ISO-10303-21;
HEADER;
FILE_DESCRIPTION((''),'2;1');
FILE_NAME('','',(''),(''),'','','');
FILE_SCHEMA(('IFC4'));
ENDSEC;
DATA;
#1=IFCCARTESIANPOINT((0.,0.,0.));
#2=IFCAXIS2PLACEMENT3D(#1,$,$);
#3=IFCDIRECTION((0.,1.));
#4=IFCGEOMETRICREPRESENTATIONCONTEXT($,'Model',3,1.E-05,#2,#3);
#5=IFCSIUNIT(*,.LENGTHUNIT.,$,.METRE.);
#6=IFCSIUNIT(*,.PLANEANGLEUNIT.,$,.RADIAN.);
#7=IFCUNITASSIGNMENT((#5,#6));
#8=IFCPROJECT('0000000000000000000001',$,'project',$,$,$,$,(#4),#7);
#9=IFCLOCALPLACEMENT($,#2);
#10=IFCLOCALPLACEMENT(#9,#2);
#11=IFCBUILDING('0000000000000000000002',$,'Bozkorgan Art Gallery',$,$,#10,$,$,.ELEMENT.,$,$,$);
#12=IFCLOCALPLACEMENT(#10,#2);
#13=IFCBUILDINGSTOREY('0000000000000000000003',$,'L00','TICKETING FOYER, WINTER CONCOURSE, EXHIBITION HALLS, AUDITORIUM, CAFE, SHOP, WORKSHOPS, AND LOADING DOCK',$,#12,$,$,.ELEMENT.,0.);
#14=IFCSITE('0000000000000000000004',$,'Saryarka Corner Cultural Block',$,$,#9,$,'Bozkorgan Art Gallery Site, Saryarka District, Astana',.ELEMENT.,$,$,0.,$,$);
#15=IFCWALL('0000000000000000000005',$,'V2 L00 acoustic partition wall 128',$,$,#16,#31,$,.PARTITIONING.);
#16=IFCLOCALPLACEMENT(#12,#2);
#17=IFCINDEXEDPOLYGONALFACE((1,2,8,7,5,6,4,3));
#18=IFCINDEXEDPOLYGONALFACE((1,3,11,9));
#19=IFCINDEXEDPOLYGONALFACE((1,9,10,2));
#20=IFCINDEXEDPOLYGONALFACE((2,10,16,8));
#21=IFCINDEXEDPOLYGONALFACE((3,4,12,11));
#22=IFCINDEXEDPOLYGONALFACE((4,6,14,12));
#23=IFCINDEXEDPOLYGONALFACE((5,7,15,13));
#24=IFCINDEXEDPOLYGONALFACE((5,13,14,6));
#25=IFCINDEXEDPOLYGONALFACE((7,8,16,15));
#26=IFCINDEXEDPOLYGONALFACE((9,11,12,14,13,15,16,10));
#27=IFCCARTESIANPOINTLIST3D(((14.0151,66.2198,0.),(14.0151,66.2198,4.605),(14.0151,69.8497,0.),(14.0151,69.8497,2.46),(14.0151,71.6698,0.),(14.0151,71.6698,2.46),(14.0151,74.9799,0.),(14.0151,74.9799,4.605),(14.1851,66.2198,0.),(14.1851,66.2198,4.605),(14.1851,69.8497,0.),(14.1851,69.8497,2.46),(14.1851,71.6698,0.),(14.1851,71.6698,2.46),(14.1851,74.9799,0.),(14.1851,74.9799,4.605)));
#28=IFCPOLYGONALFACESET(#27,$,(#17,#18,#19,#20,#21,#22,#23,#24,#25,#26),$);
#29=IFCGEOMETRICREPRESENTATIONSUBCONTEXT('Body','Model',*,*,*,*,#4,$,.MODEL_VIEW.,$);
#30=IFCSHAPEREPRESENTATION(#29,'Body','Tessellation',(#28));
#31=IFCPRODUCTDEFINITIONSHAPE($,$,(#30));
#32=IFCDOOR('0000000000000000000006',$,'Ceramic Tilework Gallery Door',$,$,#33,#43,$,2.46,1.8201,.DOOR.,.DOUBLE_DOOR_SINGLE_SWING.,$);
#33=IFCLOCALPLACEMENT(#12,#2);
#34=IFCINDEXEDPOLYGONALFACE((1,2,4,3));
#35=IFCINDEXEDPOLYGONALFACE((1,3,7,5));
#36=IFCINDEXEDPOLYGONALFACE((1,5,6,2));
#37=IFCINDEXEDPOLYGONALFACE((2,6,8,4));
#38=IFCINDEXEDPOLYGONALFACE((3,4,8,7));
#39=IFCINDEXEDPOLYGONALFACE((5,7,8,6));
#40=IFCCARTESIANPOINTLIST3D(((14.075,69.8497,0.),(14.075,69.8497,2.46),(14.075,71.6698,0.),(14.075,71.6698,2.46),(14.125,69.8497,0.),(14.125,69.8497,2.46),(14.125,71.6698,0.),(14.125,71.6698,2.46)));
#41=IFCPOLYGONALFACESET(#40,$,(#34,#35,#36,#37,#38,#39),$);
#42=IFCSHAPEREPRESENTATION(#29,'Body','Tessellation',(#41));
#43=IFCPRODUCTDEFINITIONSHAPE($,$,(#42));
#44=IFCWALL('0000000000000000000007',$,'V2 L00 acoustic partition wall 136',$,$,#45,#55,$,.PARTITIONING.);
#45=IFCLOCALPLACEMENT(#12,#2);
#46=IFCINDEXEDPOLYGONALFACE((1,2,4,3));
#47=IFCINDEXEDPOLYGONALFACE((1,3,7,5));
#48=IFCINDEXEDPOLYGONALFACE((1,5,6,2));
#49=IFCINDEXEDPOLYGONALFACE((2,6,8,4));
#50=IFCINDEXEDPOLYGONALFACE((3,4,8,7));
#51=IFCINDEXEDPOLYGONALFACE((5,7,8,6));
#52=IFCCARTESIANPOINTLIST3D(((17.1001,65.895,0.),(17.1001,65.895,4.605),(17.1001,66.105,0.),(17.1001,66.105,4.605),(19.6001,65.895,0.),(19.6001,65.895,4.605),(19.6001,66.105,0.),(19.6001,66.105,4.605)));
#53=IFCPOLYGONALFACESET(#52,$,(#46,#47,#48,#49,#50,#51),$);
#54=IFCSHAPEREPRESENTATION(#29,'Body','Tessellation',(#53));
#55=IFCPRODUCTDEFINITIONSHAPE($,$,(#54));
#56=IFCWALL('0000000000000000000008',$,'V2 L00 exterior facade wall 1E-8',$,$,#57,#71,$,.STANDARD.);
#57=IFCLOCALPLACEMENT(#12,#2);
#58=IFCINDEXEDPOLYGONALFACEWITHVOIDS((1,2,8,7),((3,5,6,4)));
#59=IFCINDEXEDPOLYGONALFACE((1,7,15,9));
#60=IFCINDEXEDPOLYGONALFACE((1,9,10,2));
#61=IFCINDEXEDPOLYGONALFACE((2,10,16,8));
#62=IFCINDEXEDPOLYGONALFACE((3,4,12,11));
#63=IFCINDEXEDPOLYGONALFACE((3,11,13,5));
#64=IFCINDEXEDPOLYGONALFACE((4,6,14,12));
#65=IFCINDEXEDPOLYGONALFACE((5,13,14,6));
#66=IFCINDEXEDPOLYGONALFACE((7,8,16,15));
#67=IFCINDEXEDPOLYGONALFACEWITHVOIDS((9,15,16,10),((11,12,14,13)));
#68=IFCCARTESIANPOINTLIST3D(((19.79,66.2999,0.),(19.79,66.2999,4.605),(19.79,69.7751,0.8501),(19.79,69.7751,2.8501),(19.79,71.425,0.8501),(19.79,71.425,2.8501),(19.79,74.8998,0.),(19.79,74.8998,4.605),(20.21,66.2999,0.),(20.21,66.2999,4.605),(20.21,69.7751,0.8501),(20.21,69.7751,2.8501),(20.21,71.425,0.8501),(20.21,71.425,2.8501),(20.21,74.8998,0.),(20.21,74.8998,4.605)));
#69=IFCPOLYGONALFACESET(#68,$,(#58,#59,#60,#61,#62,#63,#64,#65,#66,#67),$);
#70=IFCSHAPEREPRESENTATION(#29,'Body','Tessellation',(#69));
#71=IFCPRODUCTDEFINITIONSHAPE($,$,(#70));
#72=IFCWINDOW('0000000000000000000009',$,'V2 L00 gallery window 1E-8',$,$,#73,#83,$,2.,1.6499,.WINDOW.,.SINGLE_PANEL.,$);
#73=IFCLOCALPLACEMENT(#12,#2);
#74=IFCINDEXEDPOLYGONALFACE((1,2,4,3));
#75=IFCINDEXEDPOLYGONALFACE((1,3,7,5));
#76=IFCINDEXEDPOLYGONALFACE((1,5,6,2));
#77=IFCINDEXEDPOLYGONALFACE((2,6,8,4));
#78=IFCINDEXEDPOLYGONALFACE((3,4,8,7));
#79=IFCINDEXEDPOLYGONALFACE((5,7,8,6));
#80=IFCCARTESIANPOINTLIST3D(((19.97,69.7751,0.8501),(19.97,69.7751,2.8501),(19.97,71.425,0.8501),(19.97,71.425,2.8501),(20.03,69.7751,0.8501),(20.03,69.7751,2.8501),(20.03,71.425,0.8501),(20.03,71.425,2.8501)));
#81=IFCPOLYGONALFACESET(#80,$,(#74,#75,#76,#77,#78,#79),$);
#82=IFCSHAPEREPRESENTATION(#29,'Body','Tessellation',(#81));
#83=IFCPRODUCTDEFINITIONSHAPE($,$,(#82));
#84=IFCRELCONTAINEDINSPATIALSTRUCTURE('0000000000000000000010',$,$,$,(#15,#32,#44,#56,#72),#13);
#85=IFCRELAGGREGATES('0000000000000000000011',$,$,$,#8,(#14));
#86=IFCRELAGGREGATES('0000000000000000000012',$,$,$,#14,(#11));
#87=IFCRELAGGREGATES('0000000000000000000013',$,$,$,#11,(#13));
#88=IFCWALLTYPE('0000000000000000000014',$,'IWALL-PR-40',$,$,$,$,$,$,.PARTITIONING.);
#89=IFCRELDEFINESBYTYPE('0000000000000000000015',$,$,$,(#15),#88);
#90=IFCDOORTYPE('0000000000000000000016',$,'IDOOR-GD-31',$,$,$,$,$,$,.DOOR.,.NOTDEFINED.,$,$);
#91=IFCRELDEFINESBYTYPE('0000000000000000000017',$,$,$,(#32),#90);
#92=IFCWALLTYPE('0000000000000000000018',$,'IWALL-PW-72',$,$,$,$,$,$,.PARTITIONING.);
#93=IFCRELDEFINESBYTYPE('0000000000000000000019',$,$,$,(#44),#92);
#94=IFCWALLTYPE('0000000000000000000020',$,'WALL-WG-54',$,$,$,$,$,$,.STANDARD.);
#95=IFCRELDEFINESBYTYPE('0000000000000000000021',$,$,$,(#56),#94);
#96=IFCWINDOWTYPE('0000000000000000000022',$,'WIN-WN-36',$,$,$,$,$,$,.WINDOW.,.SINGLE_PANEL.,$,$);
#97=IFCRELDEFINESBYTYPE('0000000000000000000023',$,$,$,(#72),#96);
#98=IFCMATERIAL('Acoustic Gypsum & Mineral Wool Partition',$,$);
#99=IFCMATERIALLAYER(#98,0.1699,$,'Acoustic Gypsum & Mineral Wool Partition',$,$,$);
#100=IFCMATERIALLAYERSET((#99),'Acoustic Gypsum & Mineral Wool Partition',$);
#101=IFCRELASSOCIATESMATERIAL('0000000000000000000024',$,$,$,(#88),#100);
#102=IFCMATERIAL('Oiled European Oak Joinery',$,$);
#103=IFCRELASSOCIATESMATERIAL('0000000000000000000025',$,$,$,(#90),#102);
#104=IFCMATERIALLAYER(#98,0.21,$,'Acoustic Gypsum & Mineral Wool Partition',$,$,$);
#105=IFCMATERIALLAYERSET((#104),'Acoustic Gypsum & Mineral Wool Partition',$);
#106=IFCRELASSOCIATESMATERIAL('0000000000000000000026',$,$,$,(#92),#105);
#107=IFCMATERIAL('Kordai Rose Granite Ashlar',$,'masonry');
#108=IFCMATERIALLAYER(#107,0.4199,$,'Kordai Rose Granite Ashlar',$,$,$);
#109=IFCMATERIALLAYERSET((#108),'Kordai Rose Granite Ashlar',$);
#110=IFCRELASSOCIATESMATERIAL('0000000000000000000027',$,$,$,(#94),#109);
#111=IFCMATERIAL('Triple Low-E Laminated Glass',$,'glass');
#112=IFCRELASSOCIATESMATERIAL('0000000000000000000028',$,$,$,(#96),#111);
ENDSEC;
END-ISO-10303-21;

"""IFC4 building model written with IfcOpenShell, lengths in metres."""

from ifc_helpers import new_model, si_unit, direction, frame, frame_2d, origin, place, context, subcontext, project, spatial, rectangle, extrude, material, layer, layer_set, type_object, element, fill, save


model = new_model("IFC4")

# Units and contexts
model_context = context("Model", 3, precision=1e-05, world=origin(), true_north=direction((0.0, 1.0)))
body_context = subcontext(model_context, "Body", "Model", "MODEL_VIEW")
ifc_project = project(units=[si_unit("LENGTHUNIT", "METRE"), si_unit("PLANEANGLEUNIT", "RADIAN")], contexts=[model_context])

# Site, building, storey
site_placement = place(None, origin())
site = spatial("IfcSite", under=ifc_project, at=site_placement, Name="Saryarka Corner Cultural Block", LongName="Bozkorgan Art Gallery Site, Saryarka District, Astana", CompositionType="ELEMENT", RefElevation=0.0)
building_placement = place(site_placement, origin())
building = spatial("IfcBuilding", under=site, at=building_placement, Name="Bozkorgan Art Gallery", CompositionType="ELEMENT")
storey_placement = place(building_placement, origin())
storey = spatial("IfcBuildingStorey", under=building, at=storey_placement, Name="L00", Description="TICKETING FOYER, WINTER CONCOURSE, EXHIBITION HALLS, AUDITORIUM, CAFE, SHOP, WORKSHOPS, AND LOADING DOCK", CompositionType="ELEMENT", Elevation=0.0)

# Wall, opening, door
ifc_material_1 = material(Name="Acoustic Gypsum & Mineral Wool Partition")
ifc_material_2 = material(Name="Oiled European Oak Joinery")
ifc_layer_1 = layer(ifc_material_1, 0.1699, Name="Acoustic Gypsum & Mineral Wool Partition")
ifc_layer_set_1 = layer_set([ifc_layer_1], Name="Acoustic Gypsum & Mineral Wool Partition")
wall_type_1 = type_object("IfcWallType", Name="IWALL-PR-40", PredefinedType="PARTITIONING", material=ifc_layer_set_1)
wall_1_placement = place(storey_placement, frame((14.1001, 66.22, 0.0), z_axis=(0.0, 0.0, 1.0), x_axis=(0.0, 1.0, 0.0)))
wall_1 = element("IfcWall", 1, at=wall_1_placement, inside=storey, type_object=wall_type_1, Name="V2 L00 acoustic partition wall 128", PredefinedType="PARTITIONING", context=body_context, shape_type="SweptSolid", body=[
    extrude(rectangle(XDim=8.76, YDim=0.1699, at=frame_2d((4.3799, 0.0))), origin(), (0.0, 0.0, 1.0), 4.605),
])
opening_1_placement = place(wall_1_placement, frame((5.45, 0.0, 0.0), z_axis=(0.0, 0.0, 1.0), x_axis=(-1.0, 0.0, 0.0)))
opening_1 = element("IfcOpeningElement", 2, at=opening_1_placement, cuts=wall_1, PredefinedType="OPENING", context=body_context, shape_type="SweptSolid", body=[
    extrude(rectangle(XDim=1.8201, YDim=2.46, at=frame_2d((0.9102, 1.23))), frame((0.0, 0.095, 0.0), z_axis=(0.0, -1.0, 0.0), x_axis=(1.0, 0.0, 0.0)), (0.0, 0.0, 1.0), 0.1899),
])
door_type_1 = type_object("IfcDoorType", Name="IDOOR-GD-31", OperationType="NOTDEFINED", PredefinedType="DOOR", material=ifc_material_2)
door_1_placement = place(opening_1_placement, origin())
door_1 = element("IfcDoor", 3, at=door_1_placement, inside=storey, type_object=door_type_1, Name="Ceramic Tilework Gallery Door", OperationType="DOUBLE_DOOR_SINGLE_SWING", OverallHeight=2.46, OverallWidth=1.8201, PredefinedType="DOOR", context=body_context, shape_type="SweptSolid", body=[
    extrude(rectangle(XDim=1.8201, YDim=2.46, at=frame_2d((0.9102, 1.23))), frame((0.0, 0.0249, 0.0), z_axis=(0.0, -1.0, 0.0), x_axis=(1.0, 0.0, 0.0)), (0.0, 0.0, 1.0), 0.05),
])
fill(opening_1, door_1)

# Wall
ifc_layer_2 = layer(ifc_material_1, 0.21, Name="Acoustic Gypsum & Mineral Wool Partition")
ifc_layer_set_2 = layer_set([ifc_layer_2], Name="Acoustic Gypsum & Mineral Wool Partition")
wall_type_2 = type_object("IfcWallType", Name="IWALL-PW-72", PredefinedType="PARTITIONING", material=ifc_layer_set_2)
wall_2_placement = place(storey_placement, frame((17.1001, 66.0, 0.0), z_axis=(0.0, 0.0, 1.0), x_axis=(1.0, 0.0, 0.0)))
element("IfcWall", 4, at=wall_2_placement, inside=storey, type_object=wall_type_2, Name="V2 L00 acoustic partition wall 136", PredefinedType="PARTITIONING", context=body_context, shape_type="SweptSolid", body=[
    extrude(rectangle(XDim=2.5, YDim=0.21, at=frame_2d((1.25, 0.0))), origin(), (0.0, 0.0, 1.0), 4.605),
])

# Wall, opening, window
ifc_material_3 = material(Name="Kordai Rose Granite Ashlar", Category="masonry")
ifc_layer_3 = layer(ifc_material_3, 0.4199, Name="Kordai Rose Granite Ashlar")
ifc_layer_set_3 = layer_set([ifc_layer_3], Name="Kordai Rose Granite Ashlar")
wall_type_3 = type_object("IfcWallType", Name="WALL-WG-54", PredefinedType="STANDARD", material=ifc_layer_set_3)
wall_3_placement = place(storey_placement, frame((20.0, 66.3, 0.0), z_axis=(0.0, 0.0, 1.0), x_axis=(0.0, 1.0, 0.0)))
wall_3 = element("IfcWall", 5, at=wall_3_placement, inside=storey, type_object=wall_type_3, Name="V2 L00 exterior facade wall 1E-8", PredefinedType="STANDARD", context=body_context, shape_type="SweptSolid", body=[
    extrude(rectangle(XDim=8.5999, YDim=0.4199, at=frame_2d((4.2998, 0.0))), origin(), (0.0, 0.0, 1.0), 4.605),
])
opening_2_placement = place(wall_3_placement, frame((5.125, 0.0, 0.8501), z_axis=(0.0, 0.0, 1.0), x_axis=(-1.0, 0.0, 0.0)))
opening_2 = element("IfcOpeningElement", 6, at=opening_2_placement, cuts=wall_3, PredefinedType="OPENING", context=body_context, shape_type="SweptSolid", body=[
    extrude(rectangle(XDim=1.6499, YDim=2.0, at=frame_2d((0.825, 1.0))), frame((0.0, 0.22, 0.0), z_axis=(0.0, -1.0, 0.0), x_axis=(1.0, 0.0, 0.0)), (0.0, 0.0, 1.0), 0.4399),
])
ifc_material_4 = material(Name="Triple Low-E Laminated Glass", Category="glass")
window_type = type_object("IfcWindowType", Name="WIN-WN-36", PartitioningType="SINGLE_PANEL", PredefinedType="WINDOW", material=ifc_material_4)
window_placement = place(opening_2_placement, origin())
window = element("IfcWindow", 7, at=window_placement, inside=storey, type_object=window_type, Name="V2 L00 gallery window 1E-8", OverallHeight=2.0, OverallWidth=1.6499, PartitioningType="SINGLE_PANEL", PredefinedType="WINDOW", context=body_context, shape_type="SweptSolid", body=[
    extrude(rectangle(XDim=1.6499, YDim=2.0, at=frame_2d((0.825, 1.0))), frame((0.0, 0.03, 0.0), z_axis=(0.0, -1.0, 0.0), x_axis=(1.0, 0.0, 0.0)), (0.0, 0.0, 1.0), 0.0601),
])
fill(opening_2, window)

save(model, "model.ifc")
